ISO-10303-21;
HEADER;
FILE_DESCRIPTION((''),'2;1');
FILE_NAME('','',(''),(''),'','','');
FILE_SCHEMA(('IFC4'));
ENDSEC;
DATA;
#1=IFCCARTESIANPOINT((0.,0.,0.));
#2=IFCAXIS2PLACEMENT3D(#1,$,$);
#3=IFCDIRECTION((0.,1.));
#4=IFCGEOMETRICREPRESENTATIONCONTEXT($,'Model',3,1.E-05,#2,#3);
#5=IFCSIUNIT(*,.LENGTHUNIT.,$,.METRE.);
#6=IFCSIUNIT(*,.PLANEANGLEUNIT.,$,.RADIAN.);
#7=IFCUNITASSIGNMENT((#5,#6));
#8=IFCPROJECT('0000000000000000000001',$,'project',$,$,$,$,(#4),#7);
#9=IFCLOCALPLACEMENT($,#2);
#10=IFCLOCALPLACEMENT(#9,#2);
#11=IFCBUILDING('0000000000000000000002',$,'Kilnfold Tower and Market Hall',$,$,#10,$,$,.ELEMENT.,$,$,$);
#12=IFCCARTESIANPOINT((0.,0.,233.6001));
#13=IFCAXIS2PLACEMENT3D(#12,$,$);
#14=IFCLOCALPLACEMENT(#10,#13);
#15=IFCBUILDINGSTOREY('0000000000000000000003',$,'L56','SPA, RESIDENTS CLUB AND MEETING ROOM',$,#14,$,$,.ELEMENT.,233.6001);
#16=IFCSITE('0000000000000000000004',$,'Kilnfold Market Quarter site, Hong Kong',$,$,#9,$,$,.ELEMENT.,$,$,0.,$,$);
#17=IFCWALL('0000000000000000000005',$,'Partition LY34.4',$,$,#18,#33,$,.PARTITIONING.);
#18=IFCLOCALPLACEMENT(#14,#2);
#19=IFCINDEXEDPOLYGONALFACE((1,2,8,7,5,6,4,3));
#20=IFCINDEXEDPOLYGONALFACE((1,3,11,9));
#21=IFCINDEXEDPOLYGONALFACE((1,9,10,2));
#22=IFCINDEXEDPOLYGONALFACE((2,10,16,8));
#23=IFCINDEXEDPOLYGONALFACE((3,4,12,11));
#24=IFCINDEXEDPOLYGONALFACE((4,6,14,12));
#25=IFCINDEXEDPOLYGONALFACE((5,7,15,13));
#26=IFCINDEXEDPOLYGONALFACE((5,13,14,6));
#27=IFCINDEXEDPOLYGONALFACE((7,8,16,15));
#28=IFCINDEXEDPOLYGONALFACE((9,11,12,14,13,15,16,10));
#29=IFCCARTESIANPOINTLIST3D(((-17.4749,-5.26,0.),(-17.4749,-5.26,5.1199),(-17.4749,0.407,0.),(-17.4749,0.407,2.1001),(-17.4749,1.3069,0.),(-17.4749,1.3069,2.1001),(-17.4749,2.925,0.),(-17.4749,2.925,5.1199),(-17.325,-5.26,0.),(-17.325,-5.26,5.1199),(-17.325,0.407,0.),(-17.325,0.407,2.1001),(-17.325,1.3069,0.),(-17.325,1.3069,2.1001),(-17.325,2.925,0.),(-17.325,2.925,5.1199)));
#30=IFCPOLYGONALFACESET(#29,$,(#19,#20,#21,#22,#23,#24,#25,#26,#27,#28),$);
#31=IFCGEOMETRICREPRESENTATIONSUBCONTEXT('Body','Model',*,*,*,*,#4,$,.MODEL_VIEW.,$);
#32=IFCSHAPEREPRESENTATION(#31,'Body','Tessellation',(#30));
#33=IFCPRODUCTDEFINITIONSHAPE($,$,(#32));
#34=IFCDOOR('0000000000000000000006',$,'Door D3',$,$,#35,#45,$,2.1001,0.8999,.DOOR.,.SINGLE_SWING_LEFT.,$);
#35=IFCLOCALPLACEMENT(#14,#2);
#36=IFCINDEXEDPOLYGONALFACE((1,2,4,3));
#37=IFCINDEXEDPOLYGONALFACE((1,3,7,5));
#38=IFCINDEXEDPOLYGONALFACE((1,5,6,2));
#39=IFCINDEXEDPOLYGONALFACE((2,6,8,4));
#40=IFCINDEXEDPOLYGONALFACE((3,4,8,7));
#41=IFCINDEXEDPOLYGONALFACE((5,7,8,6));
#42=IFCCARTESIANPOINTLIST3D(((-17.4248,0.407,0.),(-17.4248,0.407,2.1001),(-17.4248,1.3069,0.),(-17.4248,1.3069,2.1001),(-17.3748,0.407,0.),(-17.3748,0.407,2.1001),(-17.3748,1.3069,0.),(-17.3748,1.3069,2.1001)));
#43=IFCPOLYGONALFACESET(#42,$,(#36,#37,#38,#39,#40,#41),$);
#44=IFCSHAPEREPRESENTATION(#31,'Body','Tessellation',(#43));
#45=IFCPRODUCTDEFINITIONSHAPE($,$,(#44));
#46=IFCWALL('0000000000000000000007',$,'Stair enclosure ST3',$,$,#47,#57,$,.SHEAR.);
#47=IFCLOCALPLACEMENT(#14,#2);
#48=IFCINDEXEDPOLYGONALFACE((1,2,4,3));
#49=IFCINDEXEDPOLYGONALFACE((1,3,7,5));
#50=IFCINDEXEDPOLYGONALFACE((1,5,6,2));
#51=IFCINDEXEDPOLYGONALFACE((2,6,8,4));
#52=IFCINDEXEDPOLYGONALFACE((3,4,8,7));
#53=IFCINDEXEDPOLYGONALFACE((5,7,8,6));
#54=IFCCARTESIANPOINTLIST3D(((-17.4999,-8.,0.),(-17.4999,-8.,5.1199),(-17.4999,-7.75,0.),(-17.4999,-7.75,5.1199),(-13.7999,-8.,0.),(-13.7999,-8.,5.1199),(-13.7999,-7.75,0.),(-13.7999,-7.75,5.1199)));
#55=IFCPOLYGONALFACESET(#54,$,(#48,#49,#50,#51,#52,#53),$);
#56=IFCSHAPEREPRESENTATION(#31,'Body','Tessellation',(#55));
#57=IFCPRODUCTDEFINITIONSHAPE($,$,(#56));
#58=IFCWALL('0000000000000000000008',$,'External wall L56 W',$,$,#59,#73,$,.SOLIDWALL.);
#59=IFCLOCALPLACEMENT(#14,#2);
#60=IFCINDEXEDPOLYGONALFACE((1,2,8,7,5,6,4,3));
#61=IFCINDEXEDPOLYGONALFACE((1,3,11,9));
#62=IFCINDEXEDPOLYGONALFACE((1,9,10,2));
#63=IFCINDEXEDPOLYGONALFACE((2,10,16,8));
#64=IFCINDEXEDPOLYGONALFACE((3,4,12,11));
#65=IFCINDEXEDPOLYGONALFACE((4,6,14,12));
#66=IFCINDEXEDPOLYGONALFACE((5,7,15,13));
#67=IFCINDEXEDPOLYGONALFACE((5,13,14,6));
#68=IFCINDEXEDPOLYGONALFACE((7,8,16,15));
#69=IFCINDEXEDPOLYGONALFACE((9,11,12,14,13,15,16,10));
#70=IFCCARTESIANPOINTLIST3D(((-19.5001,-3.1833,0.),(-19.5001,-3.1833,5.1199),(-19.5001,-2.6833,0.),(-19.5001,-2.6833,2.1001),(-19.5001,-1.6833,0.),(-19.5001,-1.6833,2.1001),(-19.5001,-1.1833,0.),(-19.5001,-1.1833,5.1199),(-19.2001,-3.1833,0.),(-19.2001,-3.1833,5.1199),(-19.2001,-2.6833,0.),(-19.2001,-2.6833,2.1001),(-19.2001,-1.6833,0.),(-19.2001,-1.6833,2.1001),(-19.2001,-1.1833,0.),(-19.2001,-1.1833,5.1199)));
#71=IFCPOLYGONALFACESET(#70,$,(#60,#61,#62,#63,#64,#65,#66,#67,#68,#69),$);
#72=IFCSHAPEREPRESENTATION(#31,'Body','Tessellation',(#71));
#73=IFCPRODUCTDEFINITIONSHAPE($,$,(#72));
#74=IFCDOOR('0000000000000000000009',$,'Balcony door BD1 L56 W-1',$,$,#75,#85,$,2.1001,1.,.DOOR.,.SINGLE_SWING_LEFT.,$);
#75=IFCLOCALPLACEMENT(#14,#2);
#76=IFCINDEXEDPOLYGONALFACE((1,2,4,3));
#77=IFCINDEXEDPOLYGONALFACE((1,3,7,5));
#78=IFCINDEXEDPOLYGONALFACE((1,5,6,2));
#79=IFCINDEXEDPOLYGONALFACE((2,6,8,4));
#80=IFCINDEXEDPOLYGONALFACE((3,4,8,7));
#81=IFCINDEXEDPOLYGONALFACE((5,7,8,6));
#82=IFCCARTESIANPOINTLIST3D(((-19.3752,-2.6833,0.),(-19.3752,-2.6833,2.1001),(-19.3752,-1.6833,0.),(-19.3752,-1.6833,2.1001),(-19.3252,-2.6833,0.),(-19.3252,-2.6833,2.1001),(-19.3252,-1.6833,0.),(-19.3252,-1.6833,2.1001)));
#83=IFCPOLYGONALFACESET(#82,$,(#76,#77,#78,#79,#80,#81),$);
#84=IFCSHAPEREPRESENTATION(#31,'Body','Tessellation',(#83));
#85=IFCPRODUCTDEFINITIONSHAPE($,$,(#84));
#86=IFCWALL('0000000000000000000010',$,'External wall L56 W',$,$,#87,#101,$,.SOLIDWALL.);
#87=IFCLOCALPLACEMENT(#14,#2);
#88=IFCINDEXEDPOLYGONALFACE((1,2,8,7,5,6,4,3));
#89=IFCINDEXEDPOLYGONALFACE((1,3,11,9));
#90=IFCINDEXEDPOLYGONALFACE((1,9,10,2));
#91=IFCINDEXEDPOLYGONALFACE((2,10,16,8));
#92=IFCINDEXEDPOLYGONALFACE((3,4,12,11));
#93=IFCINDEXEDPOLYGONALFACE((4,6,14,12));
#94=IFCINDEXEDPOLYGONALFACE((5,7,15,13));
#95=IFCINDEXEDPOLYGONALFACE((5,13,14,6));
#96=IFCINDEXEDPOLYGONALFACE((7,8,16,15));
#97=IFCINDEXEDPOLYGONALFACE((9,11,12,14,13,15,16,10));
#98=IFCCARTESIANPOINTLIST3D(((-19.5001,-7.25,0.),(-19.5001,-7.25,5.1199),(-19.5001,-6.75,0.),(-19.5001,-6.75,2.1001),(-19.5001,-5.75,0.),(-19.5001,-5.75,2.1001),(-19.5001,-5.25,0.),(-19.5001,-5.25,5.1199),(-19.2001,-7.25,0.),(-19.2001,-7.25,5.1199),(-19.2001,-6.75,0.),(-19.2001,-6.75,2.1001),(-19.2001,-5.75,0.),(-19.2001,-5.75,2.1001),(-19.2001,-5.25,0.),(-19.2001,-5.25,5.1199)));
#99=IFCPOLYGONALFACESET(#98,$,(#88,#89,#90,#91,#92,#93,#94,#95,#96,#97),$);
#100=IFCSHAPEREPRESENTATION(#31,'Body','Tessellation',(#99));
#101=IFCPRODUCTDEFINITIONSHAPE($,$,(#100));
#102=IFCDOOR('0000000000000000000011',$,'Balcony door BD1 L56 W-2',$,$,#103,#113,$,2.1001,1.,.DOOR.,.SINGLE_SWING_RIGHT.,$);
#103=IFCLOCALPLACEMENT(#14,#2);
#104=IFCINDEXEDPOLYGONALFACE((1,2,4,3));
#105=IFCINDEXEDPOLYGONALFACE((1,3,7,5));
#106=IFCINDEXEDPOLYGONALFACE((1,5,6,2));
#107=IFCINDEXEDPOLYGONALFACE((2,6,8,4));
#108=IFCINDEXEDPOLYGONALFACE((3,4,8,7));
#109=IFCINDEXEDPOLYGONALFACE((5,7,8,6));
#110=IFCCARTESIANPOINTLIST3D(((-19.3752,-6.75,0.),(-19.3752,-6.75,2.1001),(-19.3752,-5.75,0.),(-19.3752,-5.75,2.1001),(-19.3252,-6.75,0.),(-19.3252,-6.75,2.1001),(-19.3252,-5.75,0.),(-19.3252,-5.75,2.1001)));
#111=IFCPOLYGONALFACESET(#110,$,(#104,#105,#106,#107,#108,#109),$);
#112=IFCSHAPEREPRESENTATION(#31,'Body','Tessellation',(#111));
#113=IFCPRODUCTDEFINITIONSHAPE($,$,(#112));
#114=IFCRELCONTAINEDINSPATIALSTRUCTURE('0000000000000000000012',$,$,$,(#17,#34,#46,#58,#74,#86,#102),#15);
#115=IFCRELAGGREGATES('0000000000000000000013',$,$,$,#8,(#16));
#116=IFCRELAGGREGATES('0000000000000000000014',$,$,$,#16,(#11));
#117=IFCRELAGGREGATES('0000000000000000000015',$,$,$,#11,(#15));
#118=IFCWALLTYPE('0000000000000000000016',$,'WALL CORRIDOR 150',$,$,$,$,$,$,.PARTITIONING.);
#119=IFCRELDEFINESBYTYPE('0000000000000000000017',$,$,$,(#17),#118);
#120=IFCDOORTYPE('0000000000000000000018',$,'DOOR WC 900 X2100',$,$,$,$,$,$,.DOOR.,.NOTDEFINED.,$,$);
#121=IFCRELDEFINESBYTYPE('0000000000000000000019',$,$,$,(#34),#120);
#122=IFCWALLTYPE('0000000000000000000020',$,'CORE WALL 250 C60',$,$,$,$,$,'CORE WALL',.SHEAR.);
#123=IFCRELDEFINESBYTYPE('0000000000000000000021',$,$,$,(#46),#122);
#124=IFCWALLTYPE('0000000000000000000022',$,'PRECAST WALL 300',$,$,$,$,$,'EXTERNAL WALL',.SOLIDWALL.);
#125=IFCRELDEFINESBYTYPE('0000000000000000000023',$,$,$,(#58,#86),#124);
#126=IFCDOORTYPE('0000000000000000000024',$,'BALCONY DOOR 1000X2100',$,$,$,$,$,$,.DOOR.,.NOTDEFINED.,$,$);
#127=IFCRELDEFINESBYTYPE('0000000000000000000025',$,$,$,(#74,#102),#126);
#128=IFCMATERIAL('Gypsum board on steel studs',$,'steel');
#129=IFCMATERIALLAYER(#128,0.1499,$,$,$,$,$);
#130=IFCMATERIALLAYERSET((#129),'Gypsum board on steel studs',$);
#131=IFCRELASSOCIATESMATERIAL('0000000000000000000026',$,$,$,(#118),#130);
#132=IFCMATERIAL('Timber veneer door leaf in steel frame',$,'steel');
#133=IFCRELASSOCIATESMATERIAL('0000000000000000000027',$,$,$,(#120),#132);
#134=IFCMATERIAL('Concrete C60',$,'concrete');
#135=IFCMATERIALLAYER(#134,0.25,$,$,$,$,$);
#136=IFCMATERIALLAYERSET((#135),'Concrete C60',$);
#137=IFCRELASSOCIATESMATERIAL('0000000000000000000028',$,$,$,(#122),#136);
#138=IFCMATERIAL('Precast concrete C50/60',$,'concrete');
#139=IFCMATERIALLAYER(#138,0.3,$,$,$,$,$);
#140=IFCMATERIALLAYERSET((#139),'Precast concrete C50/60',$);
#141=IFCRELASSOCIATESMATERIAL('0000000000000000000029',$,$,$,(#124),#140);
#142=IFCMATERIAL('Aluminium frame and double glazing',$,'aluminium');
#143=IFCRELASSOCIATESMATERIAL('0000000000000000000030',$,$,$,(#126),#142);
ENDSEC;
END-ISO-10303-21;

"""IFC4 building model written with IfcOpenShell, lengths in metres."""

from ifc_helpers import new_model, si_unit, direction, frame, frame_2d, origin, place, context, subcontext, project, spatial, rectangle, extrude, source, transform, mapped, material, layer, layer_set, type_object, element, fill, save


model = new_model("IFC4")

# Units and contexts
model_context = context("Model", 3, precision=1e-05, world=origin(), true_north=direction((0.0, 1.0)))
body_context = subcontext(model_context, "Body", "Model", "MODEL_VIEW")
ifc_project = project(units=[si_unit("LENGTHUNIT", "METRE"), si_unit("PLANEANGLEUNIT", "RADIAN")], contexts=[model_context])

# Site, building, storey
site_placement = place(None, origin())
site = spatial("IfcSite", under=ifc_project, at=site_placement, Name="Kilnfold Market Quarter site, Hong Kong", CompositionType="ELEMENT", RefElevation=0.0)
building_placement = place(site_placement, origin())
building = spatial("IfcBuilding", under=site, at=building_placement, Name="Kilnfold Tower and Market Hall", CompositionType="ELEMENT")
storey_placement = place(building_placement, frame((0.0, 0.0, 233.6001)))
storey = spatial("IfcBuildingStorey", under=building, at=storey_placement, Name="L56", Description="SPA, RESIDENTS CLUB AND MEETING ROOM", CompositionType="ELEMENT", Elevation=233.6001)

# Wall, opening, door
ifc_material_1 = material(Name="Gypsum board on steel studs", Category="steel")
ifc_layer_1 = layer(ifc_material_1, 0.1499)
ifc_layer_set_1 = layer_set([ifc_layer_1], Name="Gypsum board on steel studs")
wall_type_1 = type_object("IfcWallType", Name="WALL CORRIDOR 150", PredefinedType="PARTITIONING", material=ifc_layer_set_1)
wall_1_placement = place(storey_placement, frame((-17.3999, -5.26, 0.0), z_axis=(0.0, 0.0, 1.0), x_axis=(0.0, 1.0, 0.0)))
wall_1 = element("IfcWall", 1, at=wall_1_placement, inside=storey, type_object=wall_type_1, Name="Partition LY34.4", PredefinedType="PARTITIONING", context=body_context, shape_type="SweptSolid", body=[
    extrude(rectangle(XDim=8.1851, YDim=0.1499, at=frame_2d((4.0925, 0.0))), origin(), (0.0, 0.0, 1.0), 5.1199),
])
opening_1_placement = place(wall_1_placement, frame((5.667, 0.0, 0.0)))
opening_1 = element("IfcOpeningElement", 2, at=opening_1_placement, cuts=wall_1, PredefinedType="OPENING", context=body_context, shape_type="SweptSolid", body=[
    extrude(rectangle(XDim=0.8999, YDim=2.1001, at=frame_2d((0.45, 1.05))), frame((0.0, 0.085, 0.0), z_axis=(0.0, -1.0, 0.0), x_axis=(1.0, 0.0, 0.0)), (0.0, 0.0, 1.0), 0.1699),
])
ifc_material_2 = material(Name="Timber veneer door leaf in steel frame", Category="steel")
door_type_1 = type_object("IfcDoorType", Name="DOOR WC 900 X2100", OperationType="NOTDEFINED", PredefinedType="DOOR", material=ifc_material_2)
door_1_placement = place(opening_1_placement, origin())
door_1 = element("IfcDoor", 3, at=door_1_placement, inside=storey, type_object=door_type_1, Name="Door D3", OperationType="SINGLE_SWING_LEFT", OverallHeight=2.1001, OverallWidth=0.8999, PredefinedType="DOOR", context=body_context, shape_type="SweptSolid", body=[
    extrude(rectangle(XDim=0.8999, YDim=2.1001, at=frame_2d((0.45, 1.05))), frame((0.0, 0.0249, 0.0), z_axis=(0.0, -1.0, 0.0), x_axis=(1.0, 0.0, 0.0)), (0.0, 0.0, 1.0), 0.05),
])
fill(opening_1, door_1)

# Wall
ifc_material_3 = material(Name="Concrete C60", Category="concrete")
ifc_layer_2 = layer(ifc_material_3, 0.25)
ifc_layer_set_2 = layer_set([ifc_layer_2], Name="Concrete C60")
wall_type_2 = type_object("IfcWallType", Name="CORE WALL 250 C60", ElementType="CORE WALL", PredefinedType="SHEAR", material=ifc_layer_set_2)
shared_shape_1 = source(origin(), body_context, "Body", "SweptSolid", [
    extrude(rectangle(XDim=3.7, YDim=0.25, at=frame_2d((1.8501, 0.0))), origin(), (0.0, 0.0, 1.0), 5.1199),
])
wall_2_placement = place(storey_placement, frame((-17.5, -7.875, 0.0), z_axis=(0.0, 0.0, 1.0), x_axis=(1.0, 0.0, 0.0)))
element("IfcWall", 4, at=wall_2_placement, inside=storey, type_object=wall_type_2, Name="Stair enclosure ST3", PredefinedType="SHEAR", context=body_context, shape_type="MappedRepresentation", body=[
    mapped(shared_shape_1, transform((0.0, 0.0, 0.0))),
])

# Walls, openings, doors
ifc_material_4 = material(Name="Precast concrete C50/60", Category="concrete")
ifc_layer_3 = layer(ifc_material_4, 0.3)
ifc_layer_set_3 = layer_set([ifc_layer_3], Name="Precast concrete C50/60")
wall_type_3 = type_object("IfcWallType", Name="PRECAST WALL 300", ElementType="EXTERNAL WALL", PredefinedType="SOLIDWALL", material=ifc_layer_set_3)
shared_shape_2 = source(origin(), body_context, "Body", "SweptSolid", [
    extrude(rectangle(XDim=2.0, YDim=0.3, at=frame_2d((1.0, 0.0))), origin(), (0.0, 0.0, 1.0), 5.1199),
])
wall_3_placement = place(storey_placement, frame((-19.3501, -1.1833, 0.0), z_axis=(0.0, 0.0, 1.0), x_axis=(0.0, -1.0, 0.0)))
wall_3 = element("IfcWall", 5, at=wall_3_placement, inside=storey, type_object=wall_type_3, Name="External wall L56 W", PredefinedType="SOLIDWALL", context=body_context, shape_type="MappedRepresentation", body=[
    mapped(shared_shape_2, transform((0.0, 0.0, 0.0))),
])
opening_2_placement = place(wall_3_placement, frame((0.5, 0.0, 0.0)))
opening_2 = element("IfcOpeningElement", 6, at=opening_2_placement, cuts=wall_3, PredefinedType="OPENING", context=body_context, shape_type="SweptSolid", body=[
    extrude(rectangle(XDim=1.0, YDim=2.1001, at=frame_2d((0.5, 1.05))), frame((0.0, 0.1602, 0.0), z_axis=(0.0, -1.0, 0.0), x_axis=(1.0, 0.0, 0.0)), (0.0, 0.0, 1.0), 0.3201),
])
ifc_material_5 = material(Name="Aluminium frame and double glazing", Category="aluminium")
door_type_2 = type_object("IfcDoorType", Name="BALCONY DOOR 1000X2100", OperationType="NOTDEFINED", PredefinedType="DOOR", material=ifc_material_5)
door_2_placement = place(opening_2_placement, origin())
door_2 = element("IfcDoor", 7, at=door_2_placement, inside=storey, type_object=door_type_2, Name="Balcony door BD1 L56 W-1", OperationType="SINGLE_SWING_LEFT", OverallHeight=2.1001, OverallWidth=1.0, PredefinedType="DOOR", context=body_context, shape_type="SweptSolid", body=[
    extrude(rectangle(XDim=1.0, YDim=2.1001, at=frame_2d((0.5, 1.05))), frame((0.0, 0.0249, 0.0), z_axis=(0.0, -1.0, 0.0), x_axis=(1.0, 0.0, 0.0)), (0.0, 0.0, 1.0), 0.05),
])
fill(opening_2, door_2)
wall_4_placement = place(storey_placement, frame((-19.3501, -5.25, 0.0), z_axis=(0.0, 0.0, 1.0), x_axis=(0.0, -1.0, 0.0)))
wall_4 = element("IfcWall", 8, at=wall_4_placement, inside=storey, type_object=wall_type_3, Name="External wall L56 W", PredefinedType="SOLIDWALL", context=body_context, shape_type="MappedRepresentation", body=[
    mapped(shared_shape_2, transform((0.0, 0.0, 0.0))),
])
opening_3_placement = place(wall_4_placement, frame((0.5, 0.0, 0.0)))
opening_3 = element("IfcOpeningElement", 9, at=opening_3_placement, cuts=wall_4, PredefinedType="OPENING", context=body_context, shape_type="SweptSolid", body=[
    extrude(rectangle(XDim=1.0, YDim=2.1001, at=frame_2d((0.5, 1.05))), frame((0.0, 0.1602, 0.0), z_axis=(0.0, -1.0, 0.0), x_axis=(1.0, 0.0, 0.0)), (0.0, 0.0, 1.0), 0.3201),
])
door_3_placement = place(opening_3_placement, origin())
door_3 = element("IfcDoor", 10, at=door_3_placement, inside=storey, type_object=door_type_2, Name="Balcony door BD1 L56 W-2", OperationType="SINGLE_SWING_RIGHT", OverallHeight=2.1001, OverallWidth=1.0, PredefinedType="DOOR", context=body_context, shape_type="SweptSolid", body=[
    extrude(rectangle(XDim=1.0, YDim=2.1001, at=frame_2d((0.5, 1.05))), frame((0.0, 0.0249, 0.0), z_axis=(0.0, -1.0, 0.0), x_axis=(1.0, 0.0, 0.0)), (0.0, 0.0, 1.0), 0.05),
])
fill(opening_3, door_3)

save(model, "model.ifc")
